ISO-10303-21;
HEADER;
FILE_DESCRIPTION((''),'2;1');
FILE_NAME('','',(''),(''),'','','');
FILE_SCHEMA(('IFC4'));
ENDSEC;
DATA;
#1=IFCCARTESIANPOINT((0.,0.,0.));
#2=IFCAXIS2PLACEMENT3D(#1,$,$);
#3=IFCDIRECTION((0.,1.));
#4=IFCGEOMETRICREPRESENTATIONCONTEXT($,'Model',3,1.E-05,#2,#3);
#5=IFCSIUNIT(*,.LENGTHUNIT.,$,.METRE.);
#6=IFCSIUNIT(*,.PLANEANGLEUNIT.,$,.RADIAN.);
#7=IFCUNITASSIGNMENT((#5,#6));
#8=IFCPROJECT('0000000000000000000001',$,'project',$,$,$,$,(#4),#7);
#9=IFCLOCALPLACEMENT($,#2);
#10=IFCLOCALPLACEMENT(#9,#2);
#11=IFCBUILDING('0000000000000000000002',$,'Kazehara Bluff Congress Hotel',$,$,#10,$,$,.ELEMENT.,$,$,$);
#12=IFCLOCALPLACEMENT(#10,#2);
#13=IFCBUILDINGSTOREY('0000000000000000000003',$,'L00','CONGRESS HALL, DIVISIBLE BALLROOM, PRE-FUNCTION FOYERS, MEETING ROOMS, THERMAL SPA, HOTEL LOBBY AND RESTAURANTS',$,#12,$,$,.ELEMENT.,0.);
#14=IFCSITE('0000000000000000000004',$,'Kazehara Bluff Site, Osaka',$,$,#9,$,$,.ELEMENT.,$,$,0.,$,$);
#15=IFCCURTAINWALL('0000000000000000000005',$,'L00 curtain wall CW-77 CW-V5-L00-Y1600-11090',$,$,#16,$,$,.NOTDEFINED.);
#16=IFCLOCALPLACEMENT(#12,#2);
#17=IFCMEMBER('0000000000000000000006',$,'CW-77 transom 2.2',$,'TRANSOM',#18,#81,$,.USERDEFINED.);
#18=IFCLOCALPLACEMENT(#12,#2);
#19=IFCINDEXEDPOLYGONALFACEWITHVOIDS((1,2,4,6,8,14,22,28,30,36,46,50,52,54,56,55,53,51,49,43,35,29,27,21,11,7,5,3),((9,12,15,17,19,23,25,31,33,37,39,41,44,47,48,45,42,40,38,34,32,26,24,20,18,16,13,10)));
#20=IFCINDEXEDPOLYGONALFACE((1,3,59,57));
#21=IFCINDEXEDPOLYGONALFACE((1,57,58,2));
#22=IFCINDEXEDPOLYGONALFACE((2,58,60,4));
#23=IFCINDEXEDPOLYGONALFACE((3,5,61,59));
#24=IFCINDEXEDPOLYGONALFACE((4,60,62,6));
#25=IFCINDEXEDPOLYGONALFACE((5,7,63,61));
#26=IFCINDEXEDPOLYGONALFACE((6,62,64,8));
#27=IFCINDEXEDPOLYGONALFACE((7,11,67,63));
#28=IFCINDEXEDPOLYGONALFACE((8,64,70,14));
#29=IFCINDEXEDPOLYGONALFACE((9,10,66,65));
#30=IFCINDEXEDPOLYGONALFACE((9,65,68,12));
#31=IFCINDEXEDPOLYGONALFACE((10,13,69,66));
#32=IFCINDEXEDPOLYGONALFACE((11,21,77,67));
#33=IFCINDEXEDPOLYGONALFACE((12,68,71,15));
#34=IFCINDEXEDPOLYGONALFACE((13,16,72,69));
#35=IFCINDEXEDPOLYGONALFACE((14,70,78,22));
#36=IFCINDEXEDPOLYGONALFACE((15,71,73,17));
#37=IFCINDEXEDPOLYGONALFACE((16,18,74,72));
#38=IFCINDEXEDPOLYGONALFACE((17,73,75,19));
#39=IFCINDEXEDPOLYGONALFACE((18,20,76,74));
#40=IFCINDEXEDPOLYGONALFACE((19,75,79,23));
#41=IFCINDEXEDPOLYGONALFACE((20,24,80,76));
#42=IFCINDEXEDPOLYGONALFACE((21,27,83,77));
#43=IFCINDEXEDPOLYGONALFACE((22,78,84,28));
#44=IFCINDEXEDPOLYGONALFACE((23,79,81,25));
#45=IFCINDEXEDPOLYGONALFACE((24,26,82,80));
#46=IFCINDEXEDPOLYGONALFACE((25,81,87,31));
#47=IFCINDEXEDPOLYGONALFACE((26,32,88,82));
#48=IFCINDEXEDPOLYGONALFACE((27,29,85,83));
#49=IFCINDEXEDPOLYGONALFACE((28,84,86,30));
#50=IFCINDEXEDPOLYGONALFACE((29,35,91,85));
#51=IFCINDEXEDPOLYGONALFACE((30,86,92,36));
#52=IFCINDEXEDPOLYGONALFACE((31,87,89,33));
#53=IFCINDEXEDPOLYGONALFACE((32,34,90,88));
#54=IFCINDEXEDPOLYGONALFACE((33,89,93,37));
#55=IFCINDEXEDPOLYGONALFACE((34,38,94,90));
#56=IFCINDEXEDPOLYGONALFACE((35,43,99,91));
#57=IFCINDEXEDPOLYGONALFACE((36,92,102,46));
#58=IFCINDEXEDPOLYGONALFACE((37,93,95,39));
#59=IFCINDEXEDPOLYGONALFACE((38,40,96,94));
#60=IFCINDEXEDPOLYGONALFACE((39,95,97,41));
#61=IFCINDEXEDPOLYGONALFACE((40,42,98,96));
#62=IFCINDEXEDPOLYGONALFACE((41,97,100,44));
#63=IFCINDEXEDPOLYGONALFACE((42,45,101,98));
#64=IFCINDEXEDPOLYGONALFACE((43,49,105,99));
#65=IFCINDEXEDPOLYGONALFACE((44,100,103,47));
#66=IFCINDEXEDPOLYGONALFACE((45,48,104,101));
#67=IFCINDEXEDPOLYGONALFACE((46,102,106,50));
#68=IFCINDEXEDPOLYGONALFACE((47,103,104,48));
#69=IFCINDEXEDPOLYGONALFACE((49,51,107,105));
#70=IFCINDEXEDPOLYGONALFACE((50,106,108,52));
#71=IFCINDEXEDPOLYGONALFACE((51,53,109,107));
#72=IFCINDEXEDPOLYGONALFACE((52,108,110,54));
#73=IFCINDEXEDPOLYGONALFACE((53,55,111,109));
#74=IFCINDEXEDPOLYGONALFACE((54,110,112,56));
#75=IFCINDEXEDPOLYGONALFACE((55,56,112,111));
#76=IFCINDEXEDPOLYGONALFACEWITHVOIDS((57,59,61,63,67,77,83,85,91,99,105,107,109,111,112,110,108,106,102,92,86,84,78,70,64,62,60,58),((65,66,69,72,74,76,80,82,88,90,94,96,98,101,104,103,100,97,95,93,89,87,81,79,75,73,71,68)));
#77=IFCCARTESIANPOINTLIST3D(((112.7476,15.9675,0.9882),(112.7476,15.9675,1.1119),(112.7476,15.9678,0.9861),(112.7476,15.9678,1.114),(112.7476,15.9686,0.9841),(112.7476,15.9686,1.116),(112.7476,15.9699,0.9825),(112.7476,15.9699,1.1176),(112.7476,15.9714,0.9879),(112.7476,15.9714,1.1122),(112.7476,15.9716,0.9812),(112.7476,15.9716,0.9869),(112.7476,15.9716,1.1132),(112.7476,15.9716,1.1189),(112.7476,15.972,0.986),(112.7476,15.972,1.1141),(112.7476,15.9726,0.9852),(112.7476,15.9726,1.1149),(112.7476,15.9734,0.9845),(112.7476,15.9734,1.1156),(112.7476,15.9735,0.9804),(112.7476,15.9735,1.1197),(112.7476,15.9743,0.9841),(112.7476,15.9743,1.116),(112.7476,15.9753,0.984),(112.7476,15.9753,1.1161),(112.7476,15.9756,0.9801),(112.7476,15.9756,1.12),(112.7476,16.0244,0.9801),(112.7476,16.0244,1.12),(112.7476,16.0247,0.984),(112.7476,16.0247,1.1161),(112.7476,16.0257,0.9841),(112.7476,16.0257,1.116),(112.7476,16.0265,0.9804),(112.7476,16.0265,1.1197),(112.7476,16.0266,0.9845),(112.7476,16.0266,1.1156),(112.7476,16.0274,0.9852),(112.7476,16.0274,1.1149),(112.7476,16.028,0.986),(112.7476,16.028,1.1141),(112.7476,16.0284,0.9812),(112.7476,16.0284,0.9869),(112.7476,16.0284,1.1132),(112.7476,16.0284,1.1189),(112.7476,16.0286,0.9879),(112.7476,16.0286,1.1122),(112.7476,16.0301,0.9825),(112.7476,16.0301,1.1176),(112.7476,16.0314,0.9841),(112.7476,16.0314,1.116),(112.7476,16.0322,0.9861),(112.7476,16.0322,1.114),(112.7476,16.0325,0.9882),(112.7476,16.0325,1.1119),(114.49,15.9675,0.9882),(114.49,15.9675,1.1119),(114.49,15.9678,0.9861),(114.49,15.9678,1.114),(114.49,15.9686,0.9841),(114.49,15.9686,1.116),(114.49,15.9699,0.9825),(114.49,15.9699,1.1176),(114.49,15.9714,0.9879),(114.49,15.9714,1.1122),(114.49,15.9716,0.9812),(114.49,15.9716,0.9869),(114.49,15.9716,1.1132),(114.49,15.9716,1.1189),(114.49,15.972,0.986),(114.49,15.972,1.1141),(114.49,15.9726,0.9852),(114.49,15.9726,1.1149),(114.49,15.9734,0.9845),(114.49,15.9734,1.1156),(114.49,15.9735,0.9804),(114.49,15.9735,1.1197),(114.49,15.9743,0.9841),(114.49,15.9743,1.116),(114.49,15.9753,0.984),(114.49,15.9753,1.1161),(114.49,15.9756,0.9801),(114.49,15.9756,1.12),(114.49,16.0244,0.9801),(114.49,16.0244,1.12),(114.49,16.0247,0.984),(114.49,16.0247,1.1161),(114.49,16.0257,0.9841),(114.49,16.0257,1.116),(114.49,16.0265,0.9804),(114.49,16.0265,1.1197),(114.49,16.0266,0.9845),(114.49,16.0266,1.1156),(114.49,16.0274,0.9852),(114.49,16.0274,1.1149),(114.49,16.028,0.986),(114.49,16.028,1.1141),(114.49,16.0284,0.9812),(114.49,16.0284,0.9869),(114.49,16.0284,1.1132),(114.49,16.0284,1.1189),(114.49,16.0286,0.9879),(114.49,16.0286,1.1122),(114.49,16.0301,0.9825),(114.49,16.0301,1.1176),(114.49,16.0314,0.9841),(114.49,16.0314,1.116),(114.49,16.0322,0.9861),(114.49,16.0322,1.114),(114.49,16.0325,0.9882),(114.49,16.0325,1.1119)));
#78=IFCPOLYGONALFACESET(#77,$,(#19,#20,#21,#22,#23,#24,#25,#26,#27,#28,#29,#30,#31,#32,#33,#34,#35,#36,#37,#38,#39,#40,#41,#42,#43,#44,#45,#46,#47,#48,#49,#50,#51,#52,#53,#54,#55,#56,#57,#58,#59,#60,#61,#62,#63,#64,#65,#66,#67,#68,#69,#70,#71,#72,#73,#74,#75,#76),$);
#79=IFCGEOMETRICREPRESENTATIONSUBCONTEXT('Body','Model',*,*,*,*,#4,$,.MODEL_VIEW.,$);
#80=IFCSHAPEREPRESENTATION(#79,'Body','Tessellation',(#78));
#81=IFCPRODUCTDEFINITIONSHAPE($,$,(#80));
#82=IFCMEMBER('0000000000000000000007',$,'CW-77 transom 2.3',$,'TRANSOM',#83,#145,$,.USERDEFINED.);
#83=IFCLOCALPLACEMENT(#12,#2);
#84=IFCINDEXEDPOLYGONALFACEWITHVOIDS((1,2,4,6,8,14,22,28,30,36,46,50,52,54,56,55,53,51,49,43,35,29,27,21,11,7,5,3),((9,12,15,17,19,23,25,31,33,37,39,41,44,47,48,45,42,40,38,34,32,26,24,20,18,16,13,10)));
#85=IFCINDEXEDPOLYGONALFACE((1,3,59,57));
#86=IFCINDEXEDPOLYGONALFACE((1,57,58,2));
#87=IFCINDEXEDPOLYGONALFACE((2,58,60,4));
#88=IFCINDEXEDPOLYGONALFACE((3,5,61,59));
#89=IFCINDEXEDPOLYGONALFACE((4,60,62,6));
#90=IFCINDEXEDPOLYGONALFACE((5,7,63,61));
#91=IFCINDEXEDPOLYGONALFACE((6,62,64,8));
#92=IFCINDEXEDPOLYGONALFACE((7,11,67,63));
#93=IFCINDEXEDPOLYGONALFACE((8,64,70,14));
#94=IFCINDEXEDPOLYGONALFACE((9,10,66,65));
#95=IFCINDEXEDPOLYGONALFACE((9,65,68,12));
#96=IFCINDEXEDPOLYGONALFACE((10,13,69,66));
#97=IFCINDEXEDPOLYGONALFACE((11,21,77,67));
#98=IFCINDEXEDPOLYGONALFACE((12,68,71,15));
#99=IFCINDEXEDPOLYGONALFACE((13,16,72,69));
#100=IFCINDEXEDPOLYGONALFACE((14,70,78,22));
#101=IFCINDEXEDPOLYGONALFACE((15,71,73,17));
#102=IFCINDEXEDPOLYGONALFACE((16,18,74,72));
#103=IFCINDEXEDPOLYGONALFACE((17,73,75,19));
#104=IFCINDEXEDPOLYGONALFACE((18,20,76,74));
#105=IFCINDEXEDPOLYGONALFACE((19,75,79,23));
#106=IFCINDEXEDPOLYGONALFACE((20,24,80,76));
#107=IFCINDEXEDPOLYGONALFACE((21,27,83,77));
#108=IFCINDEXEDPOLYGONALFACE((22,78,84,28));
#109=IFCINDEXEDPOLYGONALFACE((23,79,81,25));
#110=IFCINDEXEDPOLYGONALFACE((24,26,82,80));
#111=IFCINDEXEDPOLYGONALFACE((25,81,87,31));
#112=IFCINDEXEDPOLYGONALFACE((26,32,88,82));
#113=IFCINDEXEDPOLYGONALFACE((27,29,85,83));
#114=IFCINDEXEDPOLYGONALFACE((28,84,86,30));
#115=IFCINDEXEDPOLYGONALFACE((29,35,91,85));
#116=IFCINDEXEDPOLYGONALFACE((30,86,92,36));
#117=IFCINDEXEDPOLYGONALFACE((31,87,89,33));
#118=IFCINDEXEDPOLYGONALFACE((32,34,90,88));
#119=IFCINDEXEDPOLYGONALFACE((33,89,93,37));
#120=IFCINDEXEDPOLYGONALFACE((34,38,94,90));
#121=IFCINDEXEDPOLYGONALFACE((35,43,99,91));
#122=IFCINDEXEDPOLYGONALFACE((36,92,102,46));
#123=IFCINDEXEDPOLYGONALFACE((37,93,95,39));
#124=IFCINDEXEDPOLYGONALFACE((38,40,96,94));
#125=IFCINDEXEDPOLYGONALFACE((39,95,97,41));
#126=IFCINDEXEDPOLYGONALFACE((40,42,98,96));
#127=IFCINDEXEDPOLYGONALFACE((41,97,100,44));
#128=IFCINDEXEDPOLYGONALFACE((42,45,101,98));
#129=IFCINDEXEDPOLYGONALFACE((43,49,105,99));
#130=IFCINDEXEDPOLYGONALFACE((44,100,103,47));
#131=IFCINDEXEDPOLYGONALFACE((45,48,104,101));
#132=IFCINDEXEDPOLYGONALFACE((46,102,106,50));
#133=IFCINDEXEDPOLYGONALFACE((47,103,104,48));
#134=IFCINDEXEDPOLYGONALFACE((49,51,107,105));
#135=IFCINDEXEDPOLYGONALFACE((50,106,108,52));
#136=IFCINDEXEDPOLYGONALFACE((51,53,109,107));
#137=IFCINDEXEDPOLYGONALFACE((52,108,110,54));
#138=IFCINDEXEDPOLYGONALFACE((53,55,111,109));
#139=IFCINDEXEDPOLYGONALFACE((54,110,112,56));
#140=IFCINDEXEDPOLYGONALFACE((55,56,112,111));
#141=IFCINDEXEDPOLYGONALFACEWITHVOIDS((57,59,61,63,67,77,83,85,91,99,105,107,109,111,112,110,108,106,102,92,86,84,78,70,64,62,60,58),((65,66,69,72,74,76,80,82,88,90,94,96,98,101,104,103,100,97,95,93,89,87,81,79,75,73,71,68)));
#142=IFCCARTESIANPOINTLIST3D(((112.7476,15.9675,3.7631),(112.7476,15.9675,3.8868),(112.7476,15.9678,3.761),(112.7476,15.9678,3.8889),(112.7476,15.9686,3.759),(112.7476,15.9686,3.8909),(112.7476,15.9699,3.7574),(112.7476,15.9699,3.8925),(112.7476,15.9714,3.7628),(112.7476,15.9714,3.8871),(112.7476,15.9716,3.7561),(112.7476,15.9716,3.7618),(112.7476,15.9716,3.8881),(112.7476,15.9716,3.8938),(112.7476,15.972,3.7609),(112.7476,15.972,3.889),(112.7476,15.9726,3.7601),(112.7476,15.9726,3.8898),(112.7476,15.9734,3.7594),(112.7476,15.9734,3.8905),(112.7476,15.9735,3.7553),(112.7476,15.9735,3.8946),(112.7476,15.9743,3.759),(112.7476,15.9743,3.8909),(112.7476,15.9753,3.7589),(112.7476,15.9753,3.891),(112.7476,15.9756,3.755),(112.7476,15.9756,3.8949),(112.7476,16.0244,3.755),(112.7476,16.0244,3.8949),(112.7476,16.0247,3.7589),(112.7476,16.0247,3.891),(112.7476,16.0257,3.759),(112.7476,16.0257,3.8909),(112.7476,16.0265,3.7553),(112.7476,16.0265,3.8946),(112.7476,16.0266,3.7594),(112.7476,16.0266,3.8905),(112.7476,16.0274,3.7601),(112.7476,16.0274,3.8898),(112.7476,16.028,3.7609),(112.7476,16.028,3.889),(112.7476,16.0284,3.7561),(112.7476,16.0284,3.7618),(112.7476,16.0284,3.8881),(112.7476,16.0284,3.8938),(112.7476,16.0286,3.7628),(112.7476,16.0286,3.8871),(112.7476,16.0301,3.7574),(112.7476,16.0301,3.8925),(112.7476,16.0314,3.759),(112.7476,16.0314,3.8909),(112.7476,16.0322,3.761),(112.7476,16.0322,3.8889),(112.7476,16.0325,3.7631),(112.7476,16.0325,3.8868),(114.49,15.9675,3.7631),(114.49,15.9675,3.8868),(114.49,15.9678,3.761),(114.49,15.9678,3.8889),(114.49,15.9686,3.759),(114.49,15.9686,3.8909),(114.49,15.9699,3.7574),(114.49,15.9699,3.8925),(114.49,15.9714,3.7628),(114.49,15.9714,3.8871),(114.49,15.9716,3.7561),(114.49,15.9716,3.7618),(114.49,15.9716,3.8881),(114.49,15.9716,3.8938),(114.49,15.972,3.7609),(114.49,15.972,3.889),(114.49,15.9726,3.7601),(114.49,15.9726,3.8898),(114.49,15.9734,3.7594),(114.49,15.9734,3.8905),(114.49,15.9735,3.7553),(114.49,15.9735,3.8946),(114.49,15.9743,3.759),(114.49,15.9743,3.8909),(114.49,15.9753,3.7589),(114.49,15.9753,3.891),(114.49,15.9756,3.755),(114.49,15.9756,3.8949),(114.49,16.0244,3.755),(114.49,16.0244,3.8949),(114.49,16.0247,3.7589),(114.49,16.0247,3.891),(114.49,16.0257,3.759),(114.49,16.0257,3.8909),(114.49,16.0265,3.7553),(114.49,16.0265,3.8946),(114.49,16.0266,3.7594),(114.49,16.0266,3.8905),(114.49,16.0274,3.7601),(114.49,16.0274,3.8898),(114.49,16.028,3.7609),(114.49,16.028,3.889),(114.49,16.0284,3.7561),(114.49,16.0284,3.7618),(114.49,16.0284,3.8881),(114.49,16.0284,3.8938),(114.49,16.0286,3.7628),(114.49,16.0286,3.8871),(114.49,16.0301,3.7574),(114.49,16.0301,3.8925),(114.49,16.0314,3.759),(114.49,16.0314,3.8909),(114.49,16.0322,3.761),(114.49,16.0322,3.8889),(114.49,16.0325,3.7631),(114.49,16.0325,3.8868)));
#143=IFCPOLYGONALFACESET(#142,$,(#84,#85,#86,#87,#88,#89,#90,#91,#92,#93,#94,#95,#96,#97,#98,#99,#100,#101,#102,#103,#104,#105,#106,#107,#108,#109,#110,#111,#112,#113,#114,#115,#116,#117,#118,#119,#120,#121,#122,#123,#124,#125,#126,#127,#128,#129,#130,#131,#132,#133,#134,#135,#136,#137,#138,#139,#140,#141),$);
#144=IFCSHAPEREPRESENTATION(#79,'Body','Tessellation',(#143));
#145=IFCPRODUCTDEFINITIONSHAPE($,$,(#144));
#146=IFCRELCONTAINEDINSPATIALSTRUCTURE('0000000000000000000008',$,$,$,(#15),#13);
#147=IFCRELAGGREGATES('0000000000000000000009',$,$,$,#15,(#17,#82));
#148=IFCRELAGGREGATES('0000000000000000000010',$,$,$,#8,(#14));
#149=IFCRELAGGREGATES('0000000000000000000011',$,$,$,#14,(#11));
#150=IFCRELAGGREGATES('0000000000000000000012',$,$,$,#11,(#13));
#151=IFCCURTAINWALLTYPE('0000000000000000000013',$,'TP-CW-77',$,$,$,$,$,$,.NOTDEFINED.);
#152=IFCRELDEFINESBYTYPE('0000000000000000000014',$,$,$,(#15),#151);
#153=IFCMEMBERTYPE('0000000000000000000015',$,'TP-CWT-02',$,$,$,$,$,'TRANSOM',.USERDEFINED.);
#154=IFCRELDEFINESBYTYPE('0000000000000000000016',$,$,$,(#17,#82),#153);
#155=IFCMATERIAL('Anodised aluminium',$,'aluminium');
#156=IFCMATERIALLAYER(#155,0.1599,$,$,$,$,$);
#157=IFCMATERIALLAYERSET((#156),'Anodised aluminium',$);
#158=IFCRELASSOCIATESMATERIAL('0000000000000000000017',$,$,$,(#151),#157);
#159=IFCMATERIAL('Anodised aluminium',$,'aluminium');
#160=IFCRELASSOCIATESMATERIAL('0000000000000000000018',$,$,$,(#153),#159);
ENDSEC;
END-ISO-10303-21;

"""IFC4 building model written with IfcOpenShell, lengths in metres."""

from ifc_helpers import new_model, si_unit, direction, frame, origin, origin_2d, place, context, subcontext, project, spatial, hollow_rectangle, extrude, material, layer, layer_set, material_profile, profile_set, type_object, element, aggregate, save


model = new_model("IFC4")

# Units and contexts
model_context = context("Model", 3, precision=1e-05, world=origin(), true_north=direction((0.0, 1.0)))
body_context = subcontext(model_context, "Body", "Model", "MODEL_VIEW")
ifc_project = project(units=[si_unit("LENGTHUNIT", "METRE"), si_unit("PLANEANGLEUNIT", "RADIAN")], contexts=[model_context])

# Site, building, storey
site_placement = place(None, origin())
site = spatial("IfcSite", under=ifc_project, at=site_placement, Name="Kazehara Bluff Site, Osaka", CompositionType="ELEMENT", RefElevation=0.0)
building_placement = place(site_placement, origin())
building = spatial("IfcBuilding", under=site, at=building_placement, Name="Kazehara Bluff Congress Hotel", CompositionType="ELEMENT")
storey_placement = place(building_placement, origin())
storey = spatial("IfcBuildingStorey", under=building, at=storey_placement, Name="L00", Description="CONGRESS HALL, DIVISIBLE BALLROOM, PRE-FUNCTION FOYERS, MEETING ROOMS, THERMAL SPA, HOTEL LOBBY AND RESTAURANTS", CompositionType="ELEMENT", Elevation=0.0)

# Curtain wall, members
ifc_material_1 = material(Name="Anodised aluminium", Category="aluminium")
ifc_layer_1 = layer(ifc_material_1, 0.1599)
ifc_layer_set_1 = layer_set([ifc_layer_1], Name="Anodised aluminium")
curtain_wall_type = type_object("IfcCurtainWallType", Name="TP-CW-77", PredefinedType="NOTDEFINED", material=ifc_layer_set_1)
curtain_wall_placement = place(storey_placement, origin())
curtain_wall = element("IfcCurtainWall", 1, at=curtain_wall_placement, inside=storey, type_object=curtain_wall_type, Name="L00 curtain wall CW-77 CW-V5-L00-Y1600-11090", PredefinedType="NOTDEFINED")
ifc_material_2 = material(Name="Anodised aluminium", Category="aluminium")
ifc_material_profile_1 = material_profile(ifc_material_2, hollow_rectangle(XDim=0.0649, YDim=0.1399, WallThickness=0.0039, InnerFilletRadius=0.0039, OuterFilletRadius=0.0081, at=origin_2d()))
ifc_profile_set_1 = profile_set([ifc_material_profile_1], Name="Anodised aluminium")
member_type_1 = type_object("IfcMemberType", Name="TP-CWT-02", ElementType="TRANSOM", PredefinedType="USERDEFINED", material=ifc_profile_set_1)
member_1_placement = place(storey_placement, frame((112.7476, 16.0, 1.05), z_axis=(1.0, 0.0, 0.0), x_axis=(0.0, 1.0, 0.0)))
member_1 = element("IfcMember", 2, at=member_1_placement, type_object=member_type_1, Name="CW-77 transom 2.2", ObjectType="TRANSOM", PredefinedType="USERDEFINED", context=body_context, shape_type="SweptSolid", body=[
    extrude(hollow_rectangle(XDim=0.0649, YDim=0.1399, WallThickness=0.0039, InnerFilletRadius=0.0039, OuterFilletRadius=0.0081, at=origin_2d()), origin(), (0.0, 0.0, 1.0), 1.7424),
])
member_2_placement = place(storey_placement, frame((112.7476, 16.0, 3.825), z_axis=(1.0, 0.0, 0.0), x_axis=(0.0, 1.0, 0.0)))
member_2 = element("IfcMember", 3, at=member_2_placement, type_object=member_type_1, Name="CW-77 transom 2.3", ObjectType="TRANSOM", PredefinedType="USERDEFINED", context=body_context, shape_type="SweptSolid", body=[
    extrude(hollow_rectangle(XDim=0.0649, YDim=0.1399, WallThickness=0.0039, InnerFilletRadius=0.0039, OuterFilletRadius=0.0081, at=origin_2d()), origin(), (0.0, 0.0, 1.0), 1.7424),
])

aggregate(curtain_wall, [member_1, member_2])

save(model, "model.ifc")
